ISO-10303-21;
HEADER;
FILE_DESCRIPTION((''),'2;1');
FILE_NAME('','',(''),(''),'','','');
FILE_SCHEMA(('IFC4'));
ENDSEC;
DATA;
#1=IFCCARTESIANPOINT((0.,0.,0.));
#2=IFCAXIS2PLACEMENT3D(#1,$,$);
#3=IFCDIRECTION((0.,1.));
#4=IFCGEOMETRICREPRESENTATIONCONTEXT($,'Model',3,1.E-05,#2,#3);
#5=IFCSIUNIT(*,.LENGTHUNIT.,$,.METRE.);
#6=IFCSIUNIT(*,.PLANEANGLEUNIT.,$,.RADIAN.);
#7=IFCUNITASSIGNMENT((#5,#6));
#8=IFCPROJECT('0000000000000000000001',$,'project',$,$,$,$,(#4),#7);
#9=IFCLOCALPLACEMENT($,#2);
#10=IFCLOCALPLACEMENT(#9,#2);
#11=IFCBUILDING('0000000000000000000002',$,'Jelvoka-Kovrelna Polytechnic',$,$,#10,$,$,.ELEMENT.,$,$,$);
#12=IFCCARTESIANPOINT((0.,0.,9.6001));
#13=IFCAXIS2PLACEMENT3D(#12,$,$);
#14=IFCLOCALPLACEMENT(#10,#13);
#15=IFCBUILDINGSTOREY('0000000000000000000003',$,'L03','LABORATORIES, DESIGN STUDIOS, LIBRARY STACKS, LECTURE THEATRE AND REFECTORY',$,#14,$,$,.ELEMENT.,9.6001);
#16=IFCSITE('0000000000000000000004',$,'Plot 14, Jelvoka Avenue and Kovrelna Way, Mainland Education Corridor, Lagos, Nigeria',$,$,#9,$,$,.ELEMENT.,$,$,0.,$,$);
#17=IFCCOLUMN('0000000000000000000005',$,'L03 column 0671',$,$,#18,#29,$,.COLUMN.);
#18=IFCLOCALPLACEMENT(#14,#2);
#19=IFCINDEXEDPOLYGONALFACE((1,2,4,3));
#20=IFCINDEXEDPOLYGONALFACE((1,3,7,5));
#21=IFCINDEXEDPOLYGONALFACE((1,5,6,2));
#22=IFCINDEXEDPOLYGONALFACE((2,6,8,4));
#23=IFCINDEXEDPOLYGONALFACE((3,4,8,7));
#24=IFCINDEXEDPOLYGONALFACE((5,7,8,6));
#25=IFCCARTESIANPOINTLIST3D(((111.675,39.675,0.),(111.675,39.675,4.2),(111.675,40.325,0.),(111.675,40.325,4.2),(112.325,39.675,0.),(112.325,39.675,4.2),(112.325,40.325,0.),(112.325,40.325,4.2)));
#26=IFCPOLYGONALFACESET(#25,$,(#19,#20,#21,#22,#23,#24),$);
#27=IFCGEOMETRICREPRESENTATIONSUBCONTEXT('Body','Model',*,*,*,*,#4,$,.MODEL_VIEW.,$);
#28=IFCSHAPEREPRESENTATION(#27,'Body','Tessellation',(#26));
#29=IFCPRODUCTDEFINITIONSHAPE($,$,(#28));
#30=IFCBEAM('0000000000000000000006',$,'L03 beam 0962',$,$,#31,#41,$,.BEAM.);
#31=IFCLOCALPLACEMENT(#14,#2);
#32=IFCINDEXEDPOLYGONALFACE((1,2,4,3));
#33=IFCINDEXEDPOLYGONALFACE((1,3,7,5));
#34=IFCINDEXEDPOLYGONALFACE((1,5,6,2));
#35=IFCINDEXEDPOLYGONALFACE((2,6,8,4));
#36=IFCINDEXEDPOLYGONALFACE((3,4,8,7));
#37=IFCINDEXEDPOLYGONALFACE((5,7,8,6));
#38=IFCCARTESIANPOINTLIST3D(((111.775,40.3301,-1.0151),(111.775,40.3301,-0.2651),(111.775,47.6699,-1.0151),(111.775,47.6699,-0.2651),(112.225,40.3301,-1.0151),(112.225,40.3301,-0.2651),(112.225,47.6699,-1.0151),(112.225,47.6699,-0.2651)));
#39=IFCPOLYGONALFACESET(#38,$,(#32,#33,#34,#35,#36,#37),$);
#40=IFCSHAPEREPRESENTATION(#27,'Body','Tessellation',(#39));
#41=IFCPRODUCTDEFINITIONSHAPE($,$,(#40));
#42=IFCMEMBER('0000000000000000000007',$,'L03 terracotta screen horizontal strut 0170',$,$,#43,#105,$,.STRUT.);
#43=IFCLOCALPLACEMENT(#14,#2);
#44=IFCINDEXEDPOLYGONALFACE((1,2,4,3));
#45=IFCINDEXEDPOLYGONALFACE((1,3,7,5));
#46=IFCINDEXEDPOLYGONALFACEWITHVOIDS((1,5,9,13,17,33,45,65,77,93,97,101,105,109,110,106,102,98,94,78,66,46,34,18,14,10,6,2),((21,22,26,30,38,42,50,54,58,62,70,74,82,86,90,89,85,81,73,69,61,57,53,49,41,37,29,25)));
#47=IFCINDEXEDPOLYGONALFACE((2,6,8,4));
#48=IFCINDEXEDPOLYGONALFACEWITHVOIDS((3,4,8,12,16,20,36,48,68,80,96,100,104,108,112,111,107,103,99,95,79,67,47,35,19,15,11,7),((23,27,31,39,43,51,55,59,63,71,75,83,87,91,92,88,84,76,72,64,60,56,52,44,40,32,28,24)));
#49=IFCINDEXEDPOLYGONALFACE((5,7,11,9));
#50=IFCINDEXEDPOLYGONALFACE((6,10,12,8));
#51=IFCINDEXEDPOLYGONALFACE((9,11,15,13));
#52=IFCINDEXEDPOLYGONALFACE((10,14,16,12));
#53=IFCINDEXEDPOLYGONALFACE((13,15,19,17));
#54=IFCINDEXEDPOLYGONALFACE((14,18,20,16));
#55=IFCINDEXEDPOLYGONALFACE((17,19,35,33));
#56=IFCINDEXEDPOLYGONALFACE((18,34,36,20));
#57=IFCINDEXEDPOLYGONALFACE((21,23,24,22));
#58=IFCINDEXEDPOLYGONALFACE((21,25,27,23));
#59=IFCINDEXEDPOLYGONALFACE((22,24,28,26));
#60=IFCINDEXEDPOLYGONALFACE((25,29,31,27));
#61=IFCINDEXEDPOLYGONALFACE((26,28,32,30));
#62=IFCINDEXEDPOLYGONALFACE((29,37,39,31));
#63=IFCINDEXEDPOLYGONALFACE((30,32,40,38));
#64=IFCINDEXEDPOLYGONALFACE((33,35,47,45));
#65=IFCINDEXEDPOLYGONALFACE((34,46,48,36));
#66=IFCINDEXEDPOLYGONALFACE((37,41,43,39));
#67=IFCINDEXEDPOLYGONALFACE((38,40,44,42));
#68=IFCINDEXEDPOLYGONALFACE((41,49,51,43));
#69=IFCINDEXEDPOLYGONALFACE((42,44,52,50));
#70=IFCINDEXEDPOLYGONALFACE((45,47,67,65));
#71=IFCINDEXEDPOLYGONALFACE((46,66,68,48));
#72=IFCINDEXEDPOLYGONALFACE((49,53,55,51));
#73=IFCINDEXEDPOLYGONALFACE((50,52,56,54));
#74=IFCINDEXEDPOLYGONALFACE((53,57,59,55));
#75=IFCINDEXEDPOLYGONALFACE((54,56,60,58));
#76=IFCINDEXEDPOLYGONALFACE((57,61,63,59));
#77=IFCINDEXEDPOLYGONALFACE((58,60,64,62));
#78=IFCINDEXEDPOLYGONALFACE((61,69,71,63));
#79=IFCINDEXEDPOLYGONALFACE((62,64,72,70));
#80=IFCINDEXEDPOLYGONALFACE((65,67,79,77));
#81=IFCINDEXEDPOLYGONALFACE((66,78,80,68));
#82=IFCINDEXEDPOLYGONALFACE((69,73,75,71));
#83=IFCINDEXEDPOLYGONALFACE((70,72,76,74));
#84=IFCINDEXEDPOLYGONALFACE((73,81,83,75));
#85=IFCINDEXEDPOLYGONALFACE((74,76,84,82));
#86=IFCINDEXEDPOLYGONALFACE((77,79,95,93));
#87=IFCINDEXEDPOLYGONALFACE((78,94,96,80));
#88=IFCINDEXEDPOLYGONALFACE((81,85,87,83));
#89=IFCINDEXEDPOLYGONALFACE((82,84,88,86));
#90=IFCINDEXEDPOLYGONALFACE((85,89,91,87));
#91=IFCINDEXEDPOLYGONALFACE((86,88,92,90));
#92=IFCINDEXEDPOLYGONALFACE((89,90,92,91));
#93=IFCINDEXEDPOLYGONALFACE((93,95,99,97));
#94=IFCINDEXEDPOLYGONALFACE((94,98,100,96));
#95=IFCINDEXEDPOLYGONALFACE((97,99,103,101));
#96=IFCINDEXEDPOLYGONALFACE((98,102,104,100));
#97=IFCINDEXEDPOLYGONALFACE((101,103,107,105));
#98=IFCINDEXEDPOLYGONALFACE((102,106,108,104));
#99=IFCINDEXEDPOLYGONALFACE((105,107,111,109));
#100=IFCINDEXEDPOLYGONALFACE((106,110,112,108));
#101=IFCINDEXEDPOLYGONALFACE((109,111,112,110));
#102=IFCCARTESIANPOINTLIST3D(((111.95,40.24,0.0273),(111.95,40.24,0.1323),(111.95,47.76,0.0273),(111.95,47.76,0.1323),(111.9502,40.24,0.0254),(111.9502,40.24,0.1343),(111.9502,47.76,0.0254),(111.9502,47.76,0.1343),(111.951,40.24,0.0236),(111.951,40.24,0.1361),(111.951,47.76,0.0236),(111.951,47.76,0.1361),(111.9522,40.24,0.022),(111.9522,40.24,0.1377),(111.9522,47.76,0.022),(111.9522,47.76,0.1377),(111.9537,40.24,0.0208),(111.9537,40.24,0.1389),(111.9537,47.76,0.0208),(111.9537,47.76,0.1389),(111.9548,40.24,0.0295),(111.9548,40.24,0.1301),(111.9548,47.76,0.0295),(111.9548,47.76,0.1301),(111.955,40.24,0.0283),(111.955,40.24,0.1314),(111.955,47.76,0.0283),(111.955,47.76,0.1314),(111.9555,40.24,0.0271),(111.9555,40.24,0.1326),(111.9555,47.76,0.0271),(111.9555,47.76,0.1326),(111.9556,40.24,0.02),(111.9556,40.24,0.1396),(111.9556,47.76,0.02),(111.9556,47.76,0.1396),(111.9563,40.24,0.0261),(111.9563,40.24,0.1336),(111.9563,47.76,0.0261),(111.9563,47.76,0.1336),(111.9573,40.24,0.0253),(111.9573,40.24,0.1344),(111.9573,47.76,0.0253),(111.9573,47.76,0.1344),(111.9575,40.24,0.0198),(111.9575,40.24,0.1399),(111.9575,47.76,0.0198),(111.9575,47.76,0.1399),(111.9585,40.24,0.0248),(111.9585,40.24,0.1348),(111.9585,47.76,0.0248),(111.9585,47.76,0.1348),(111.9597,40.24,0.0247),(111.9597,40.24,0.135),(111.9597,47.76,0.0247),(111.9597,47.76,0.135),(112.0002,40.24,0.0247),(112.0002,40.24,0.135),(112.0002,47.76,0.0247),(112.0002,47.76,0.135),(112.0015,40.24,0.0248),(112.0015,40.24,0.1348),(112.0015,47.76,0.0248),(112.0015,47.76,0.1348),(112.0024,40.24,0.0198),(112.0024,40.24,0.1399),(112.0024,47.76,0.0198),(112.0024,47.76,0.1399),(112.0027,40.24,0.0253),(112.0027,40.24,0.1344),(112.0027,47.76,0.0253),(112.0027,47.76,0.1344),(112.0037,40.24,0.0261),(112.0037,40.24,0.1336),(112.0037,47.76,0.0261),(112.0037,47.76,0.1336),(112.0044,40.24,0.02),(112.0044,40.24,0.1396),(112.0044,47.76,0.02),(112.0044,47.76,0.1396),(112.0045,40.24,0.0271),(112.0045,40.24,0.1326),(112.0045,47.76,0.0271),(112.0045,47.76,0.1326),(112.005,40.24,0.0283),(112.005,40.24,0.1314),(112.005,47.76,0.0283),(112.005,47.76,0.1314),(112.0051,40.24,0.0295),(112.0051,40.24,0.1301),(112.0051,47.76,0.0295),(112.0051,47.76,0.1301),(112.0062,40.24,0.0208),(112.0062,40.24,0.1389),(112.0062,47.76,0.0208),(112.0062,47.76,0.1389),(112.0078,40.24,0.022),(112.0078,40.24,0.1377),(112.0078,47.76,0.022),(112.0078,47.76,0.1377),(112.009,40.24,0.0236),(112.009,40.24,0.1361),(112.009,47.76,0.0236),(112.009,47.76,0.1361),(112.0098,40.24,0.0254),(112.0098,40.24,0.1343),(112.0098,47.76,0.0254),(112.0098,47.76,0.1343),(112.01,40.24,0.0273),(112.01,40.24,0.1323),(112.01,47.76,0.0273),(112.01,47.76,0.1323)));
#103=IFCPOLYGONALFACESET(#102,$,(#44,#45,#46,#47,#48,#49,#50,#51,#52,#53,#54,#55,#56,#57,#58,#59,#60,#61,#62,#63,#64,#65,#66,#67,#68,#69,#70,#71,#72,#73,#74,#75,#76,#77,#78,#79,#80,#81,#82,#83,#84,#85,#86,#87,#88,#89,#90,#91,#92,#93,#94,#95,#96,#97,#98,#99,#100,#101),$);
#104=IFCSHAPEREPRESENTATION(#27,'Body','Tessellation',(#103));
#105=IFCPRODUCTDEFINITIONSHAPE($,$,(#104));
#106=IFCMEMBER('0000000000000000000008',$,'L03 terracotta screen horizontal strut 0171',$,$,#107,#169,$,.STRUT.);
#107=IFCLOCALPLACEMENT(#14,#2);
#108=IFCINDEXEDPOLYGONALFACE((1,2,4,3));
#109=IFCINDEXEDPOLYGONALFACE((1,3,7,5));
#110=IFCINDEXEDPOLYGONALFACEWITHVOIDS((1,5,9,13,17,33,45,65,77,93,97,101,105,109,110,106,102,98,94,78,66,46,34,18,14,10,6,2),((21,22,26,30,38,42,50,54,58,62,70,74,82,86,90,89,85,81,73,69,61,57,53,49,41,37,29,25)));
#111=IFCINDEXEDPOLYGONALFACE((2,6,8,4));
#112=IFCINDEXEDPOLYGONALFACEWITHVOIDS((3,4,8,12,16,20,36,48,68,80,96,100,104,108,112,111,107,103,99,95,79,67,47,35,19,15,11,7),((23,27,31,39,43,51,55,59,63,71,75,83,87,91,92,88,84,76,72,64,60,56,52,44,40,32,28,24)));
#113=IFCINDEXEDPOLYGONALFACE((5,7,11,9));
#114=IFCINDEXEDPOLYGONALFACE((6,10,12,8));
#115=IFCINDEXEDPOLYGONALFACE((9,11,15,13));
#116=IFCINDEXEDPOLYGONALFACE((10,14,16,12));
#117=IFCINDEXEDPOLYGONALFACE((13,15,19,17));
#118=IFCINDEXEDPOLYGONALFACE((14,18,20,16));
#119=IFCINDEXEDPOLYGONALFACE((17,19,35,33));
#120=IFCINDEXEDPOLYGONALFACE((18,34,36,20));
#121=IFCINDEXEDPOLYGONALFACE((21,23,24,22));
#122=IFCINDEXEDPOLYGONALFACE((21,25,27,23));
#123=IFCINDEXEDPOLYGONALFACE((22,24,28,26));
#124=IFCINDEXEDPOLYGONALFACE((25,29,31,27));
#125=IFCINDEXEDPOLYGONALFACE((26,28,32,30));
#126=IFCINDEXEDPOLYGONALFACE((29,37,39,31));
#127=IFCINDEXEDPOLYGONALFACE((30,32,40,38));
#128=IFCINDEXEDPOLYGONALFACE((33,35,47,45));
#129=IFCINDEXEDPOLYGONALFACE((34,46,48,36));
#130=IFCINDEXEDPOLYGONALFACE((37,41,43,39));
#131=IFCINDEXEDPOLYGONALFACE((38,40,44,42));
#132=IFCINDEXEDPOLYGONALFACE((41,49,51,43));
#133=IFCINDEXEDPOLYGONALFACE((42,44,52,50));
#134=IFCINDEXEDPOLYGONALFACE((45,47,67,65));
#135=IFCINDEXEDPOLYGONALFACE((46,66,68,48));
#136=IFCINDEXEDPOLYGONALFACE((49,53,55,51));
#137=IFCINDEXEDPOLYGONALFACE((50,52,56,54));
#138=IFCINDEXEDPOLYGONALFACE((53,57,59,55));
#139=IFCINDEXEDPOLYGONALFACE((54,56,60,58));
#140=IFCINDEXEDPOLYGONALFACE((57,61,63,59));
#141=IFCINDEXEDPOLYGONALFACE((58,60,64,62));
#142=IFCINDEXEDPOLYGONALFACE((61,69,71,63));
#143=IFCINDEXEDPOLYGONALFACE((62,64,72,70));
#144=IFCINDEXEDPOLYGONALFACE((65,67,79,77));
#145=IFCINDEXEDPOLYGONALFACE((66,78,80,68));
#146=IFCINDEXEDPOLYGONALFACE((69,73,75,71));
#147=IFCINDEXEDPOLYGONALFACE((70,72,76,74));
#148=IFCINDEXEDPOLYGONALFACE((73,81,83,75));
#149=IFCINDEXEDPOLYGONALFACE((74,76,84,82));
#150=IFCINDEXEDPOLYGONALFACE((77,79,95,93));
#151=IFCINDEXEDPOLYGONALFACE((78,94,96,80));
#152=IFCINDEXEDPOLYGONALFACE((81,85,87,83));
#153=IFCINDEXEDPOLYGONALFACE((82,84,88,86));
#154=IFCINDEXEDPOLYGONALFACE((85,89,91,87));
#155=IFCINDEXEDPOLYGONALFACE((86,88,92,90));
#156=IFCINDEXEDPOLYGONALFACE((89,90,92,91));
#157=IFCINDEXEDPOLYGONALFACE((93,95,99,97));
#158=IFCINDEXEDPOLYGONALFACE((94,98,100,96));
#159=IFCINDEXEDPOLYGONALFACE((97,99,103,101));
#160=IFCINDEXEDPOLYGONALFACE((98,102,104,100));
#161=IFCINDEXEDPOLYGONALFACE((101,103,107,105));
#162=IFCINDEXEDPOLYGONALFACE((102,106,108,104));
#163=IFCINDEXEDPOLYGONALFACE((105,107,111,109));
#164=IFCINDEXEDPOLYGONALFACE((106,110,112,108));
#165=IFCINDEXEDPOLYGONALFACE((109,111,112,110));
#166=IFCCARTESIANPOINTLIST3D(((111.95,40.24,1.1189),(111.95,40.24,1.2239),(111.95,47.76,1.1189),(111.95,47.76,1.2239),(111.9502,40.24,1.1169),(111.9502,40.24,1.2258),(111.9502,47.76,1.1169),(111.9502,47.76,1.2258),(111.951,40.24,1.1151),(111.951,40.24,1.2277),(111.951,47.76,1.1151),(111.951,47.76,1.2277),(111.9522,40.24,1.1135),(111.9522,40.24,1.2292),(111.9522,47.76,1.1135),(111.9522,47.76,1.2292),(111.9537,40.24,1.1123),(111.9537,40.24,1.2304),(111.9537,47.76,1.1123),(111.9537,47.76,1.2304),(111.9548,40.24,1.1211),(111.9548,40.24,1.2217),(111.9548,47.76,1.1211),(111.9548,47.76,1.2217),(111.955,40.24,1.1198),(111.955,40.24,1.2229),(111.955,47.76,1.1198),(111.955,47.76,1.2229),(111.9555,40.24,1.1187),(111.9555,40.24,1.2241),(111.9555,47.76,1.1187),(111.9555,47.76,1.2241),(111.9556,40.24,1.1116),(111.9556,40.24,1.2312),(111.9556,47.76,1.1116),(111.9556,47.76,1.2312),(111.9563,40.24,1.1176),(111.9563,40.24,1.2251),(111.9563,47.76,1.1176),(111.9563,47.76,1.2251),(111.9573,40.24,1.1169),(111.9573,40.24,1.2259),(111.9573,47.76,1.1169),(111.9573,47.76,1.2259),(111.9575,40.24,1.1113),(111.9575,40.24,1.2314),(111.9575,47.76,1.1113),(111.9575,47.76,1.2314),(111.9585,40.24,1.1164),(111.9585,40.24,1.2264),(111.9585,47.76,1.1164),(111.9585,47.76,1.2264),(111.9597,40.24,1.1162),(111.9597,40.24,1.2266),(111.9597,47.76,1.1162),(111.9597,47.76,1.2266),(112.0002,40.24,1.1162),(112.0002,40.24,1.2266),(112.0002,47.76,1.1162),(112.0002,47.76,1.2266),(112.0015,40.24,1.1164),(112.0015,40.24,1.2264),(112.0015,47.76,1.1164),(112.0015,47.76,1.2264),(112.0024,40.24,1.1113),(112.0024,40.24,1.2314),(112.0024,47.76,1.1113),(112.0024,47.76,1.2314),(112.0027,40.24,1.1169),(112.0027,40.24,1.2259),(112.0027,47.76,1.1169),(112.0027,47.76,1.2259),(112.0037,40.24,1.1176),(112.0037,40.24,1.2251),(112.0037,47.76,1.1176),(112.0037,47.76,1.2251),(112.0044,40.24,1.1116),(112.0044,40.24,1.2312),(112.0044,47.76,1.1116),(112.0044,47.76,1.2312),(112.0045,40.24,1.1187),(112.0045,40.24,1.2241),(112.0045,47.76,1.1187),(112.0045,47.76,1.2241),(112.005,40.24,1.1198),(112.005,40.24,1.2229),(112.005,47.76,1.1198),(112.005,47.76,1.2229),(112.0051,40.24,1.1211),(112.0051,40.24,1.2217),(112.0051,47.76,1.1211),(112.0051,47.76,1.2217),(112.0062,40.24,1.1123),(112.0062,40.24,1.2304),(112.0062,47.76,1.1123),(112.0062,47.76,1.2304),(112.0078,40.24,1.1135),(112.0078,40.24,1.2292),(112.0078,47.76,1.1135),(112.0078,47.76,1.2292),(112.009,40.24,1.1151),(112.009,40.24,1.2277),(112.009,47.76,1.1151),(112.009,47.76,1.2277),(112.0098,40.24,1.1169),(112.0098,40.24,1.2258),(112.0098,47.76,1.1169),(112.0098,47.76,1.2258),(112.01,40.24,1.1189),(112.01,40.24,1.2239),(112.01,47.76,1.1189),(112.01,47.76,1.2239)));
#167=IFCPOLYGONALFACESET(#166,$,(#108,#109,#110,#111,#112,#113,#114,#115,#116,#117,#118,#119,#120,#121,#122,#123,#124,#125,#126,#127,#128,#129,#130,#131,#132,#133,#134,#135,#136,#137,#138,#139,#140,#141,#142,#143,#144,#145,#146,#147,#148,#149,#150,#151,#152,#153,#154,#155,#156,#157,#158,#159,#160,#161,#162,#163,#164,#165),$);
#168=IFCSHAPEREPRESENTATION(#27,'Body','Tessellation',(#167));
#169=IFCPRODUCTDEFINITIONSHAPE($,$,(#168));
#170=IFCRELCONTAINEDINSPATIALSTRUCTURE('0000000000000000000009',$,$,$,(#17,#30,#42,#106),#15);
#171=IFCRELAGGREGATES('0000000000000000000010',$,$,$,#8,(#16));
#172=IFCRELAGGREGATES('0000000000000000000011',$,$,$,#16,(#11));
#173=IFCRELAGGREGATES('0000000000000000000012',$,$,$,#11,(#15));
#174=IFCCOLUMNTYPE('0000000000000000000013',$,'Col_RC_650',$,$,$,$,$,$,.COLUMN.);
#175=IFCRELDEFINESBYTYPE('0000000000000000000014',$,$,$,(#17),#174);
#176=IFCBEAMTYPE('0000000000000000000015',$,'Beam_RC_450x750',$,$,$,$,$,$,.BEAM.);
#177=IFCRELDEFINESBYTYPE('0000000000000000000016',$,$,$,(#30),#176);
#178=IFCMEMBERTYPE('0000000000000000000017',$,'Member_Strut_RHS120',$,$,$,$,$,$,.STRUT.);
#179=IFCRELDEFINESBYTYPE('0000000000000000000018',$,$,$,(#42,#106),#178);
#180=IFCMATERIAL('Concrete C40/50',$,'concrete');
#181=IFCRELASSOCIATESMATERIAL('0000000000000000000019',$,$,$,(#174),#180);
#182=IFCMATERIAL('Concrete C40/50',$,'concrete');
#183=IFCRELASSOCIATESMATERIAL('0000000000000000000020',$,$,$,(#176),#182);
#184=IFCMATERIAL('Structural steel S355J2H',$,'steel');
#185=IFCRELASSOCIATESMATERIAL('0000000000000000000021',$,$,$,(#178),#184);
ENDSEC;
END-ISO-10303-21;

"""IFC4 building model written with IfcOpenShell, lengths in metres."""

from ifc_helpers import new_model, si_unit, direction, frame, origin, origin_2d, place, context, subcontext, project, spatial, rectangle, hollow_rectangle, extrude, material, material_profile, profile_set, type_object, element, save


model = new_model("IFC4")

# Units and contexts
model_context = context("Model", 3, precision=1e-05, world=origin(), true_north=direction((0.0, 1.0)))
body_context = subcontext(model_context, "Body", "Model", "MODEL_VIEW")
ifc_project = project(units=[si_unit("LENGTHUNIT", "METRE"), si_unit("PLANEANGLEUNIT", "RADIAN")], contexts=[model_context])

# Site, building, storey
site_placement = place(None, origin())
site = spatial("IfcSite", under=ifc_project, at=site_placement, Name="Plot 14, Jelvoka Avenue and Kovrelna Way, Mainland Education Corridor, Lagos, Nigeria", CompositionType="ELEMENT", RefElevation=0.0)
building_placement = place(site_placement, origin())
building = spatial("IfcBuilding", under=site, at=building_placement, Name="Jelvoka-Kovrelna Polytechnic", CompositionType="ELEMENT")
storey_placement = place(building_placement, frame((0.0, 0.0, 9.6001)))
storey = spatial("IfcBuildingStorey", under=building, at=storey_placement, Name="L03", Description="LABORATORIES, DESIGN STUDIOS, LIBRARY STACKS, LECTURE THEATRE AND REFECTORY", CompositionType="ELEMENT", Elevation=9.6001)

# Column
ifc_material_1 = material(Name="Concrete C40/50", Category="concrete")
ifc_material_profile_1 = material_profile(ifc_material_1, rectangle(XDim=0.6499, YDim=0.6499, at=origin_2d()), Name="RC 650x650")
ifc_profile_set_1 = profile_set([ifc_material_profile_1], Name="Concrete C40/50")
column_type = type_object("IfcColumnType", Name="Col_RC_650", PredefinedType="COLUMN", material=ifc_profile_set_1)
column_placement = place(storey_placement, frame((112.0, 40.0, 0.0), z_axis=(0.0, 0.0, 1.0), x_axis=(1.0, 0.0, 0.0)))
element("IfcColumn", 1, at=column_placement, inside=storey, type_object=column_type, Name="L03 column 0671", PredefinedType="COLUMN", context=body_context, shape_type="SweptSolid", body=[
    extrude(rectangle(XDim=0.6499, YDim=0.6499, at=origin_2d()), origin(), (0.0, 0.0, 1.0), 4.2),
])

# Beam
ifc_material_2 = material(Name="Concrete C40/50", Category="concrete")
ifc_material_profile_2 = material_profile(ifc_material_2, rectangle(XDim=0.45, YDim=0.75, at=origin_2d()), Name="RC 450x750")
ifc_profile_set_2 = profile_set([ifc_material_profile_2], Name="Concrete C40/50")
beam_type = type_object("IfcBeamType", Name="Beam_RC_450x750", PredefinedType="BEAM", material=ifc_profile_set_2)
beam_placement = place(storey_placement, frame((112.0, 40.3301, -0.6401), z_axis=(0.0, 1.0, 0.0), x_axis=(-1.0, 0.0, 0.0)))
element("IfcBeam", 2, at=beam_placement, inside=storey, type_object=beam_type, Name="L03 beam 0962", PredefinedType="BEAM", context=body_context, shape_type="SweptSolid", body=[
    extrude(rectangle(XDim=0.45, YDim=0.75, at=origin_2d()), origin(), (0.0, 0.0, 1.0), 7.3398),
])

# Members
ifc_material_3 = material(Name="Structural steel S355J2H", Category="steel")
ifc_material_profile_3 = material_profile(ifc_material_3, hollow_rectangle(XDim=0.0601, YDim=0.1201, WallThickness=0.0049, InnerFilletRadius=0.0049, OuterFilletRadius=0.0076, at=origin_2d()), Name="120x60x5.0 RHS")
ifc_profile_set_3 = profile_set([ifc_material_profile_3], Name="Structural steel S355J2H")
member_type_1 = type_object("IfcMemberType", Name="Member_Strut_RHS120", PredefinedType="STRUT", material=ifc_profile_set_3)
for number, where, z_axis, x_axis, name in (
    (3, (111.98, 40.24, 0.0798), (0.0, 1.0, 0.0), (-1.0, 0.0, 0.0), "L03 terracotta screen horizontal strut 0170"),
    (4, (111.98, 40.24, 1.1714), (0.0, 1.0, 0.0), (-1.0, 0.0, 0.0), "L03 terracotta screen horizontal strut 0171"),
):
    element("IfcMember", number, at=place(storey_placement, frame(where, z_axis=z_axis, x_axis=x_axis)), inside=storey, type_object=member_type_1, Name=name, PredefinedType="STRUT", context=body_context, shape_type="SweptSolid", body=[
        extrude(hollow_rectangle(XDim=0.0601, YDim=0.1201, WallThickness=0.0049, InnerFilletRadius=0.0049, OuterFilletRadius=0.0076, at=origin_2d()), origin(), (0.0, 0.0, 1.0), 7.52),
    ])

save(model, "model.ifc")
